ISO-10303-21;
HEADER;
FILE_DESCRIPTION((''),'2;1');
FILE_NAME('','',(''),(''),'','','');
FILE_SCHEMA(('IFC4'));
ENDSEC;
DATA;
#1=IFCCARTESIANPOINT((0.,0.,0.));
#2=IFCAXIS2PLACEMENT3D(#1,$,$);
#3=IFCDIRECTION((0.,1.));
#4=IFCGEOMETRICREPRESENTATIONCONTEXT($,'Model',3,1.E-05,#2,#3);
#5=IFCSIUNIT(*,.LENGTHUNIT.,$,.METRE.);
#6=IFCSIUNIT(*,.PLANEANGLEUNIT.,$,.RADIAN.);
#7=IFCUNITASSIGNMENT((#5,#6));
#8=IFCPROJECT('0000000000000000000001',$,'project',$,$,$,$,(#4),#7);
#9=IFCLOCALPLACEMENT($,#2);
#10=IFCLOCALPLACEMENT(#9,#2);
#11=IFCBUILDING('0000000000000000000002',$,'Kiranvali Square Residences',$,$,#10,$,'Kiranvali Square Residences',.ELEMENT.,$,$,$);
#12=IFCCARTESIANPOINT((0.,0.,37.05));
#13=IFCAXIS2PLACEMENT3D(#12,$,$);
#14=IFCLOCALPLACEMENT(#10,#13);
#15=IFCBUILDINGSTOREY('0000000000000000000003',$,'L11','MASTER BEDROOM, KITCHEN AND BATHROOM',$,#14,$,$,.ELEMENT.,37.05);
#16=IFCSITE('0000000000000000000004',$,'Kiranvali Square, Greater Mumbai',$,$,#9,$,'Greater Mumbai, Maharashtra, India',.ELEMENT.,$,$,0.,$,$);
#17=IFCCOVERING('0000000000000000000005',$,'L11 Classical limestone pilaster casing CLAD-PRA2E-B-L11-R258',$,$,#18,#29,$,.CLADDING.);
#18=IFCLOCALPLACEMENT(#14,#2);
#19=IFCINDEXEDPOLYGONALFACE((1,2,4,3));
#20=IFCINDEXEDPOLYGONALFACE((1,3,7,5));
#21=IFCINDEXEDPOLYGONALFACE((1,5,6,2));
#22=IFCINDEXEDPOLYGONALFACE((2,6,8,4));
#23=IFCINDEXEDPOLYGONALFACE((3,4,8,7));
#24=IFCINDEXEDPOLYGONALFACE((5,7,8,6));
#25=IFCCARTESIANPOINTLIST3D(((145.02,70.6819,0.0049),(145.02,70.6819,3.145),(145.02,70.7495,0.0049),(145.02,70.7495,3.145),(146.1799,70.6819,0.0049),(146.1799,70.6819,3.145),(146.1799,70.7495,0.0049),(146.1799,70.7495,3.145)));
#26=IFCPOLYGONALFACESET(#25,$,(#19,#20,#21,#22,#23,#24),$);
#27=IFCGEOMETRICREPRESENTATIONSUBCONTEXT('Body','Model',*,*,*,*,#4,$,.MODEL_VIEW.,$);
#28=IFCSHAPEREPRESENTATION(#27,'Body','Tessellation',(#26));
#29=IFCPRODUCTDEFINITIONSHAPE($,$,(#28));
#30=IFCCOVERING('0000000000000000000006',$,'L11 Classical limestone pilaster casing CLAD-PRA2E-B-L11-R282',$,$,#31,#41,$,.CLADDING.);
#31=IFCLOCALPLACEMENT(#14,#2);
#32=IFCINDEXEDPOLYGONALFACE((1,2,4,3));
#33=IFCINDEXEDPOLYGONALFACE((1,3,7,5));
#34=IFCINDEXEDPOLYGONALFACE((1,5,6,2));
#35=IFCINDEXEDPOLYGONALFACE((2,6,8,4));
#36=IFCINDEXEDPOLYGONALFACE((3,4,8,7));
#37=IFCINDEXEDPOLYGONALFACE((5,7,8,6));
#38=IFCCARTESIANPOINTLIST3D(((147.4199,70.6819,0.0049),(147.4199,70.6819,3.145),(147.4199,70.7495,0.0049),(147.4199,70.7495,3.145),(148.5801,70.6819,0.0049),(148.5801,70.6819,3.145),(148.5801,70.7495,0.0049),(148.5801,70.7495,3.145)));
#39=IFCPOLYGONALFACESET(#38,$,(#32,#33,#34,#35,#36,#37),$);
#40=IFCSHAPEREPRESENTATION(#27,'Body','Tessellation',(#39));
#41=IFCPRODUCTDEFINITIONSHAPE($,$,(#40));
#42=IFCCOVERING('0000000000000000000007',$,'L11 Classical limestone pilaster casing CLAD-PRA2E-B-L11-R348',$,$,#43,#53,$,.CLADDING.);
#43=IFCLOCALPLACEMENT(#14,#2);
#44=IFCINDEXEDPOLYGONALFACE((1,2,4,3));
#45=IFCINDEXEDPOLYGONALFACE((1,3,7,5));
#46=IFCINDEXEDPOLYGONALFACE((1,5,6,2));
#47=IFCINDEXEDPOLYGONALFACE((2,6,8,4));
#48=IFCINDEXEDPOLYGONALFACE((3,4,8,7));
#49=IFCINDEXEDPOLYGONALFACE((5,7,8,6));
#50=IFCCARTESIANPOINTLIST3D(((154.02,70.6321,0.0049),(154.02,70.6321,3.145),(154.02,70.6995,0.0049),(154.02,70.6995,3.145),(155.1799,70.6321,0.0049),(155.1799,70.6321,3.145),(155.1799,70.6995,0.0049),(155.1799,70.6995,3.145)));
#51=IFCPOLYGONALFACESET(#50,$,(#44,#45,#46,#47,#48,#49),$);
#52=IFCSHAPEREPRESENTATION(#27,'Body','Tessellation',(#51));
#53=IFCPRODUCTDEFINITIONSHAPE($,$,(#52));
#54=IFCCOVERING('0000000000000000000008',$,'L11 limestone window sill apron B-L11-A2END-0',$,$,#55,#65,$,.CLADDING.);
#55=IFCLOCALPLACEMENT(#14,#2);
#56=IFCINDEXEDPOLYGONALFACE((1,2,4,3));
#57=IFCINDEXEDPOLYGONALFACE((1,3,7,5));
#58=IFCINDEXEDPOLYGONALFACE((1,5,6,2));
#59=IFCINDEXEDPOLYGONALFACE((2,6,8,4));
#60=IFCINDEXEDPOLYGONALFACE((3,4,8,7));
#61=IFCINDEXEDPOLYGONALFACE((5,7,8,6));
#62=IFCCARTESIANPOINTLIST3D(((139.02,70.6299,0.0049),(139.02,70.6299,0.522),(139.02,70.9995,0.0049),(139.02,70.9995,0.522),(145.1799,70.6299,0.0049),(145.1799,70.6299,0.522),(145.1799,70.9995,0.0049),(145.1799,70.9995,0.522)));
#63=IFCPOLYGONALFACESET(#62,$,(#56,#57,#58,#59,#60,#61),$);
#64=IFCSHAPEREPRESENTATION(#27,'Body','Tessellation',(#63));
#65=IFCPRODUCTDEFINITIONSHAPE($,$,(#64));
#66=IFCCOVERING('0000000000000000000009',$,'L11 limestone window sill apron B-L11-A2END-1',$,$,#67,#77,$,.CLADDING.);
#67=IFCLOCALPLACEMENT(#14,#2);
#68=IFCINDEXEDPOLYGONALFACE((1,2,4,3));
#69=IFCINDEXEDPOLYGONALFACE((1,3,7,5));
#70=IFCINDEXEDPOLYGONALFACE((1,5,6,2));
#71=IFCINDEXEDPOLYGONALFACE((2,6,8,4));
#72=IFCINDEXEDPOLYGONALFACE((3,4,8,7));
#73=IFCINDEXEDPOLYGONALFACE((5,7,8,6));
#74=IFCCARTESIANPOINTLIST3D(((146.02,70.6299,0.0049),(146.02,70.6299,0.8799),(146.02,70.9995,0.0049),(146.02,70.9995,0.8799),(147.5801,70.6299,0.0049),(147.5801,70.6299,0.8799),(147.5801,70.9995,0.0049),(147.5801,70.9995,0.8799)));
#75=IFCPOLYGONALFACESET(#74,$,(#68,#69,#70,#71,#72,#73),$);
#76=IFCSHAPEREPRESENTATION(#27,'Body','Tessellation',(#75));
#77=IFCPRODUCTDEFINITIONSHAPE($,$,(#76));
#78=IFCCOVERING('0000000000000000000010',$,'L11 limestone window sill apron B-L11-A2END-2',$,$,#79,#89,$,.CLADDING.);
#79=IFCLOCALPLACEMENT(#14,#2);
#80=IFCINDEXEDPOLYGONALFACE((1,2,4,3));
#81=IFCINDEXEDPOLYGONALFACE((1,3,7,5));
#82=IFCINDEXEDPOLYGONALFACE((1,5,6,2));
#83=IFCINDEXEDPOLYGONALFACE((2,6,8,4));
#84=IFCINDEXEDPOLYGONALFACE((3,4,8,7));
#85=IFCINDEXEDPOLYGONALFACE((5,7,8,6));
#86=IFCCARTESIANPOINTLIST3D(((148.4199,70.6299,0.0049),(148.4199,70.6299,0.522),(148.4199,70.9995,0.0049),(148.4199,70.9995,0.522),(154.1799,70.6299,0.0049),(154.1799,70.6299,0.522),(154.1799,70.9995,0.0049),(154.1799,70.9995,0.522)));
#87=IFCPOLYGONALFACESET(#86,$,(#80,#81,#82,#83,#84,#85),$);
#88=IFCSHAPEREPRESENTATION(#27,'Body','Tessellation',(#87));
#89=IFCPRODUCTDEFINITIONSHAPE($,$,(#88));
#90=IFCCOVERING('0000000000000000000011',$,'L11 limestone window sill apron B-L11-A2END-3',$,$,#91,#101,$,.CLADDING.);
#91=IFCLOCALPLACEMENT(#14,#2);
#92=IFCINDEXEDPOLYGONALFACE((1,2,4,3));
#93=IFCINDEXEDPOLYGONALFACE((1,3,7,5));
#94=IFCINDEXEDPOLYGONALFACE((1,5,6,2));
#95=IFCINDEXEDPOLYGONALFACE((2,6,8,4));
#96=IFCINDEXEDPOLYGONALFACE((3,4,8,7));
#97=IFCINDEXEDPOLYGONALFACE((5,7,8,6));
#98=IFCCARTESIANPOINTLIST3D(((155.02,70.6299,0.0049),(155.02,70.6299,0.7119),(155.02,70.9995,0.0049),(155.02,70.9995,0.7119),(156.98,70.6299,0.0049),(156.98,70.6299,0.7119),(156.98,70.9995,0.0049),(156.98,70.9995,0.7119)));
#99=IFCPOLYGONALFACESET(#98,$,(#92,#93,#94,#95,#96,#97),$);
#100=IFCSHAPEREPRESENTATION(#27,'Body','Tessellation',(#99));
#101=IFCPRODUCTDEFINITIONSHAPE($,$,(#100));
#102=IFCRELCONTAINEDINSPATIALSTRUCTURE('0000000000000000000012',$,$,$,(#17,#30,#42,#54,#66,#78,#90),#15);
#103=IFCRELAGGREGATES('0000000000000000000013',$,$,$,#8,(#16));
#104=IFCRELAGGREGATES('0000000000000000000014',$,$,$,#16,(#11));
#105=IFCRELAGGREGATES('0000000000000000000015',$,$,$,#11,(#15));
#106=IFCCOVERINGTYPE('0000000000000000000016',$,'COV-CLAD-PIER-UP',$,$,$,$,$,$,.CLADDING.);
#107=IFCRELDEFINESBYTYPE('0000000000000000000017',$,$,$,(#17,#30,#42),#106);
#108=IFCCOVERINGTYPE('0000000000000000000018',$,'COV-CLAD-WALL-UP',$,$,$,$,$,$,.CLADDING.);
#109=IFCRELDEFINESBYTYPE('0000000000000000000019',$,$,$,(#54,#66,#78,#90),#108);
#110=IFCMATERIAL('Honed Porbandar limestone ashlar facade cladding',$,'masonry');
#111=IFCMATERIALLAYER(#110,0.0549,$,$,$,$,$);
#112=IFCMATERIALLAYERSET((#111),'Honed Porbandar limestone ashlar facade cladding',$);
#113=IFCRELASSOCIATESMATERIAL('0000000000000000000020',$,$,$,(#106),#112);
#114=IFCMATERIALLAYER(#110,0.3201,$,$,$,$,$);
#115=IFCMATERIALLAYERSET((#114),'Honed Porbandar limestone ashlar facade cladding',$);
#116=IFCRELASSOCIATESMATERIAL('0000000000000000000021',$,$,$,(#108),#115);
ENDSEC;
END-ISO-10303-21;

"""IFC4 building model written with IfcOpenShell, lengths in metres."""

from ifc_helpers import new_model, si_unit, direction, frame, origin, place, context, subcontext, project, spatial, polyline, outline, extrude, material, layer, layer_set, type_object, element, save


model = new_model("IFC4")

# Units and contexts
model_context = context("Model", 3, precision=1e-05, world=origin(), true_north=direction((0.0, 1.0)))
body_context = subcontext(model_context, "Body", "Model", "MODEL_VIEW")
ifc_project = project(units=[si_unit("LENGTHUNIT", "METRE"), si_unit("PLANEANGLEUNIT", "RADIAN")], contexts=[model_context])

# Site, building, storey
site_placement = place(None, origin())
site = spatial("IfcSite", under=ifc_project, at=site_placement, Name="Kiranvali Square, Greater Mumbai", LongName="Greater Mumbai, Maharashtra, India", CompositionType="ELEMENT", RefElevation=0.0)
building_placement = place(site_placement, origin())
building = spatial("IfcBuilding", under=site, at=building_placement, Name="Kiranvali Square Residences", LongName="Kiranvali Square Residences", CompositionType="ELEMENT")
storey_placement = place(building_placement, frame((0.0, 0.0, 37.05)))
storey = spatial("IfcBuildingStorey", under=building, at=storey_placement, Name="L11", Description="MASTER BEDROOM, KITCHEN AND BATHROOM", CompositionType="ELEMENT", Elevation=37.05)

# Coverings
ifc_material = material(Name="Honed Porbandar limestone ashlar facade cladding", Category="masonry")
ifc_layer_1 = layer(ifc_material, 0.0549)
ifc_layer_set_1 = layer_set([ifc_layer_1], Name="Honed Porbandar limestone ashlar facade cladding")
covering_type_1 = type_object("IfcCoveringType", Name="COV-CLAD-PIER-UP", PredefinedType="CLADDING", material=ifc_layer_set_1)
covering_1_placement = place(storey_placement, frame((0.0, 0.0, 0.0049)))
element("IfcCovering", 1, at=covering_1_placement, inside=storey, type_object=covering_type_1, Name="L11 Classical limestone pilaster casing CLAD-PRA2E-B-L11-R258", PredefinedType="CLADDING", context=body_context, shape_type="SweptSolid", body=[
    extrude(outline(polyline([(145.02, 70.6819), (146.1799, 70.6819), (146.1799, 70.7495), (145.02, 70.7495), (145.02, 70.6819)])), origin(), (0.0, 0.0, 1.0), 3.1401),
])
covering_2_placement = place(storey_placement, frame((0.0, 0.0, 0.0049)))
element("IfcCovering", 2, at=covering_2_placement, inside=storey, type_object=covering_type_1, Name="L11 Classical limestone pilaster casing CLAD-PRA2E-B-L11-R282", PredefinedType="CLADDING", context=body_context, shape_type="SweptSolid", body=[
    extrude(outline(polyline([(147.4199, 70.6819), (148.5801, 70.6819), (148.5801, 70.7495), (147.4199, 70.7495), (147.4199, 70.6819)])), origin(), (0.0, 0.0, 1.0), 3.1401),
])
covering_3_placement = place(storey_placement, frame((0.0, 0.0, 0.0049)))
element("IfcCovering", 3, at=covering_3_placement, inside=storey, type_object=covering_type_1, Name="L11 Classical limestone pilaster casing CLAD-PRA2E-B-L11-R348", PredefinedType="CLADDING", context=body_context, shape_type="SweptSolid", body=[
    extrude(outline(polyline([(154.02, 70.6321), (155.1799, 70.6321), (155.1799, 70.6995), (154.02, 70.6995), (154.02, 70.6321)])), origin(), (0.0, 0.0, 1.0), 3.1401),
])
ifc_layer_2 = layer(ifc_material, 0.3201)
ifc_layer_set_2 = layer_set([ifc_layer_2], Name="Honed Porbandar limestone ashlar facade cladding")
covering_type_2 = type_object("IfcCoveringType", Name="COV-CLAD-WALL-UP", PredefinedType="CLADDING", material=ifc_layer_set_2)
covering_4_placement = place(storey_placement, frame((0.0, 0.0, 0.0049)))
element("IfcCovering", 4, at=covering_4_placement, inside=storey, type_object=covering_type_2, Name="L11 limestone window sill apron B-L11-A2END-0", PredefinedType="CLADDING", context=body_context, shape_type="SweptSolid", body=[
    extrude(outline(polyline([(139.02, 70.6299), (145.1799, 70.6299), (145.1799, 70.9995), (139.02, 70.9995), (139.02, 70.6299)])), origin(), (0.0, 0.0, 1.0), 0.5171),
])
covering_5_placement = place(storey_placement, frame((0.0, 0.0, 0.0049)))
element("IfcCovering", 5, at=covering_5_placement, inside=storey, type_object=covering_type_2, Name="L11 limestone window sill apron B-L11-A2END-1", PredefinedType="CLADDING", context=body_context, shape_type="SweptSolid", body=[
    extrude(outline(polyline([(146.02, 70.6299), (147.5801, 70.6299), (147.5801, 70.9995), (146.02, 70.9995), (146.02, 70.6299)])), origin(), (0.0, 0.0, 1.0), 0.875),
])
covering_6_placement = place(storey_placement, frame((0.0, 0.0, 0.0049)))
element("IfcCovering", 6, at=covering_6_placement, inside=storey, type_object=covering_type_2, Name="L11 limestone window sill apron B-L11-A2END-2", PredefinedType="CLADDING", context=body_context, shape_type="SweptSolid", body=[
    extrude(outline(polyline([(148.4199, 70.6299), (154.1799, 70.6299), (154.1799, 70.9995), (148.4199, 70.9995), (148.4199, 70.6299)])), origin(), (0.0, 0.0, 1.0), 0.5171),
])
covering_7_placement = place(storey_placement, frame((0.0, 0.0, 0.0049)))
element("IfcCovering", 7, at=covering_7_placement, inside=storey, type_object=covering_type_2, Name="L11 limestone window sill apron B-L11-A2END-3", PredefinedType="CLADDING", context=body_context, shape_type="SweptSolid", body=[
    extrude(outline(polyline([(155.02, 70.6299), (156.98, 70.6299), (156.98, 70.9995), (155.02, 70.9995), (155.02, 70.6299)])), origin(), (0.0, 0.0, 1.0), 0.707),
])

save(model, "model.ifc")
